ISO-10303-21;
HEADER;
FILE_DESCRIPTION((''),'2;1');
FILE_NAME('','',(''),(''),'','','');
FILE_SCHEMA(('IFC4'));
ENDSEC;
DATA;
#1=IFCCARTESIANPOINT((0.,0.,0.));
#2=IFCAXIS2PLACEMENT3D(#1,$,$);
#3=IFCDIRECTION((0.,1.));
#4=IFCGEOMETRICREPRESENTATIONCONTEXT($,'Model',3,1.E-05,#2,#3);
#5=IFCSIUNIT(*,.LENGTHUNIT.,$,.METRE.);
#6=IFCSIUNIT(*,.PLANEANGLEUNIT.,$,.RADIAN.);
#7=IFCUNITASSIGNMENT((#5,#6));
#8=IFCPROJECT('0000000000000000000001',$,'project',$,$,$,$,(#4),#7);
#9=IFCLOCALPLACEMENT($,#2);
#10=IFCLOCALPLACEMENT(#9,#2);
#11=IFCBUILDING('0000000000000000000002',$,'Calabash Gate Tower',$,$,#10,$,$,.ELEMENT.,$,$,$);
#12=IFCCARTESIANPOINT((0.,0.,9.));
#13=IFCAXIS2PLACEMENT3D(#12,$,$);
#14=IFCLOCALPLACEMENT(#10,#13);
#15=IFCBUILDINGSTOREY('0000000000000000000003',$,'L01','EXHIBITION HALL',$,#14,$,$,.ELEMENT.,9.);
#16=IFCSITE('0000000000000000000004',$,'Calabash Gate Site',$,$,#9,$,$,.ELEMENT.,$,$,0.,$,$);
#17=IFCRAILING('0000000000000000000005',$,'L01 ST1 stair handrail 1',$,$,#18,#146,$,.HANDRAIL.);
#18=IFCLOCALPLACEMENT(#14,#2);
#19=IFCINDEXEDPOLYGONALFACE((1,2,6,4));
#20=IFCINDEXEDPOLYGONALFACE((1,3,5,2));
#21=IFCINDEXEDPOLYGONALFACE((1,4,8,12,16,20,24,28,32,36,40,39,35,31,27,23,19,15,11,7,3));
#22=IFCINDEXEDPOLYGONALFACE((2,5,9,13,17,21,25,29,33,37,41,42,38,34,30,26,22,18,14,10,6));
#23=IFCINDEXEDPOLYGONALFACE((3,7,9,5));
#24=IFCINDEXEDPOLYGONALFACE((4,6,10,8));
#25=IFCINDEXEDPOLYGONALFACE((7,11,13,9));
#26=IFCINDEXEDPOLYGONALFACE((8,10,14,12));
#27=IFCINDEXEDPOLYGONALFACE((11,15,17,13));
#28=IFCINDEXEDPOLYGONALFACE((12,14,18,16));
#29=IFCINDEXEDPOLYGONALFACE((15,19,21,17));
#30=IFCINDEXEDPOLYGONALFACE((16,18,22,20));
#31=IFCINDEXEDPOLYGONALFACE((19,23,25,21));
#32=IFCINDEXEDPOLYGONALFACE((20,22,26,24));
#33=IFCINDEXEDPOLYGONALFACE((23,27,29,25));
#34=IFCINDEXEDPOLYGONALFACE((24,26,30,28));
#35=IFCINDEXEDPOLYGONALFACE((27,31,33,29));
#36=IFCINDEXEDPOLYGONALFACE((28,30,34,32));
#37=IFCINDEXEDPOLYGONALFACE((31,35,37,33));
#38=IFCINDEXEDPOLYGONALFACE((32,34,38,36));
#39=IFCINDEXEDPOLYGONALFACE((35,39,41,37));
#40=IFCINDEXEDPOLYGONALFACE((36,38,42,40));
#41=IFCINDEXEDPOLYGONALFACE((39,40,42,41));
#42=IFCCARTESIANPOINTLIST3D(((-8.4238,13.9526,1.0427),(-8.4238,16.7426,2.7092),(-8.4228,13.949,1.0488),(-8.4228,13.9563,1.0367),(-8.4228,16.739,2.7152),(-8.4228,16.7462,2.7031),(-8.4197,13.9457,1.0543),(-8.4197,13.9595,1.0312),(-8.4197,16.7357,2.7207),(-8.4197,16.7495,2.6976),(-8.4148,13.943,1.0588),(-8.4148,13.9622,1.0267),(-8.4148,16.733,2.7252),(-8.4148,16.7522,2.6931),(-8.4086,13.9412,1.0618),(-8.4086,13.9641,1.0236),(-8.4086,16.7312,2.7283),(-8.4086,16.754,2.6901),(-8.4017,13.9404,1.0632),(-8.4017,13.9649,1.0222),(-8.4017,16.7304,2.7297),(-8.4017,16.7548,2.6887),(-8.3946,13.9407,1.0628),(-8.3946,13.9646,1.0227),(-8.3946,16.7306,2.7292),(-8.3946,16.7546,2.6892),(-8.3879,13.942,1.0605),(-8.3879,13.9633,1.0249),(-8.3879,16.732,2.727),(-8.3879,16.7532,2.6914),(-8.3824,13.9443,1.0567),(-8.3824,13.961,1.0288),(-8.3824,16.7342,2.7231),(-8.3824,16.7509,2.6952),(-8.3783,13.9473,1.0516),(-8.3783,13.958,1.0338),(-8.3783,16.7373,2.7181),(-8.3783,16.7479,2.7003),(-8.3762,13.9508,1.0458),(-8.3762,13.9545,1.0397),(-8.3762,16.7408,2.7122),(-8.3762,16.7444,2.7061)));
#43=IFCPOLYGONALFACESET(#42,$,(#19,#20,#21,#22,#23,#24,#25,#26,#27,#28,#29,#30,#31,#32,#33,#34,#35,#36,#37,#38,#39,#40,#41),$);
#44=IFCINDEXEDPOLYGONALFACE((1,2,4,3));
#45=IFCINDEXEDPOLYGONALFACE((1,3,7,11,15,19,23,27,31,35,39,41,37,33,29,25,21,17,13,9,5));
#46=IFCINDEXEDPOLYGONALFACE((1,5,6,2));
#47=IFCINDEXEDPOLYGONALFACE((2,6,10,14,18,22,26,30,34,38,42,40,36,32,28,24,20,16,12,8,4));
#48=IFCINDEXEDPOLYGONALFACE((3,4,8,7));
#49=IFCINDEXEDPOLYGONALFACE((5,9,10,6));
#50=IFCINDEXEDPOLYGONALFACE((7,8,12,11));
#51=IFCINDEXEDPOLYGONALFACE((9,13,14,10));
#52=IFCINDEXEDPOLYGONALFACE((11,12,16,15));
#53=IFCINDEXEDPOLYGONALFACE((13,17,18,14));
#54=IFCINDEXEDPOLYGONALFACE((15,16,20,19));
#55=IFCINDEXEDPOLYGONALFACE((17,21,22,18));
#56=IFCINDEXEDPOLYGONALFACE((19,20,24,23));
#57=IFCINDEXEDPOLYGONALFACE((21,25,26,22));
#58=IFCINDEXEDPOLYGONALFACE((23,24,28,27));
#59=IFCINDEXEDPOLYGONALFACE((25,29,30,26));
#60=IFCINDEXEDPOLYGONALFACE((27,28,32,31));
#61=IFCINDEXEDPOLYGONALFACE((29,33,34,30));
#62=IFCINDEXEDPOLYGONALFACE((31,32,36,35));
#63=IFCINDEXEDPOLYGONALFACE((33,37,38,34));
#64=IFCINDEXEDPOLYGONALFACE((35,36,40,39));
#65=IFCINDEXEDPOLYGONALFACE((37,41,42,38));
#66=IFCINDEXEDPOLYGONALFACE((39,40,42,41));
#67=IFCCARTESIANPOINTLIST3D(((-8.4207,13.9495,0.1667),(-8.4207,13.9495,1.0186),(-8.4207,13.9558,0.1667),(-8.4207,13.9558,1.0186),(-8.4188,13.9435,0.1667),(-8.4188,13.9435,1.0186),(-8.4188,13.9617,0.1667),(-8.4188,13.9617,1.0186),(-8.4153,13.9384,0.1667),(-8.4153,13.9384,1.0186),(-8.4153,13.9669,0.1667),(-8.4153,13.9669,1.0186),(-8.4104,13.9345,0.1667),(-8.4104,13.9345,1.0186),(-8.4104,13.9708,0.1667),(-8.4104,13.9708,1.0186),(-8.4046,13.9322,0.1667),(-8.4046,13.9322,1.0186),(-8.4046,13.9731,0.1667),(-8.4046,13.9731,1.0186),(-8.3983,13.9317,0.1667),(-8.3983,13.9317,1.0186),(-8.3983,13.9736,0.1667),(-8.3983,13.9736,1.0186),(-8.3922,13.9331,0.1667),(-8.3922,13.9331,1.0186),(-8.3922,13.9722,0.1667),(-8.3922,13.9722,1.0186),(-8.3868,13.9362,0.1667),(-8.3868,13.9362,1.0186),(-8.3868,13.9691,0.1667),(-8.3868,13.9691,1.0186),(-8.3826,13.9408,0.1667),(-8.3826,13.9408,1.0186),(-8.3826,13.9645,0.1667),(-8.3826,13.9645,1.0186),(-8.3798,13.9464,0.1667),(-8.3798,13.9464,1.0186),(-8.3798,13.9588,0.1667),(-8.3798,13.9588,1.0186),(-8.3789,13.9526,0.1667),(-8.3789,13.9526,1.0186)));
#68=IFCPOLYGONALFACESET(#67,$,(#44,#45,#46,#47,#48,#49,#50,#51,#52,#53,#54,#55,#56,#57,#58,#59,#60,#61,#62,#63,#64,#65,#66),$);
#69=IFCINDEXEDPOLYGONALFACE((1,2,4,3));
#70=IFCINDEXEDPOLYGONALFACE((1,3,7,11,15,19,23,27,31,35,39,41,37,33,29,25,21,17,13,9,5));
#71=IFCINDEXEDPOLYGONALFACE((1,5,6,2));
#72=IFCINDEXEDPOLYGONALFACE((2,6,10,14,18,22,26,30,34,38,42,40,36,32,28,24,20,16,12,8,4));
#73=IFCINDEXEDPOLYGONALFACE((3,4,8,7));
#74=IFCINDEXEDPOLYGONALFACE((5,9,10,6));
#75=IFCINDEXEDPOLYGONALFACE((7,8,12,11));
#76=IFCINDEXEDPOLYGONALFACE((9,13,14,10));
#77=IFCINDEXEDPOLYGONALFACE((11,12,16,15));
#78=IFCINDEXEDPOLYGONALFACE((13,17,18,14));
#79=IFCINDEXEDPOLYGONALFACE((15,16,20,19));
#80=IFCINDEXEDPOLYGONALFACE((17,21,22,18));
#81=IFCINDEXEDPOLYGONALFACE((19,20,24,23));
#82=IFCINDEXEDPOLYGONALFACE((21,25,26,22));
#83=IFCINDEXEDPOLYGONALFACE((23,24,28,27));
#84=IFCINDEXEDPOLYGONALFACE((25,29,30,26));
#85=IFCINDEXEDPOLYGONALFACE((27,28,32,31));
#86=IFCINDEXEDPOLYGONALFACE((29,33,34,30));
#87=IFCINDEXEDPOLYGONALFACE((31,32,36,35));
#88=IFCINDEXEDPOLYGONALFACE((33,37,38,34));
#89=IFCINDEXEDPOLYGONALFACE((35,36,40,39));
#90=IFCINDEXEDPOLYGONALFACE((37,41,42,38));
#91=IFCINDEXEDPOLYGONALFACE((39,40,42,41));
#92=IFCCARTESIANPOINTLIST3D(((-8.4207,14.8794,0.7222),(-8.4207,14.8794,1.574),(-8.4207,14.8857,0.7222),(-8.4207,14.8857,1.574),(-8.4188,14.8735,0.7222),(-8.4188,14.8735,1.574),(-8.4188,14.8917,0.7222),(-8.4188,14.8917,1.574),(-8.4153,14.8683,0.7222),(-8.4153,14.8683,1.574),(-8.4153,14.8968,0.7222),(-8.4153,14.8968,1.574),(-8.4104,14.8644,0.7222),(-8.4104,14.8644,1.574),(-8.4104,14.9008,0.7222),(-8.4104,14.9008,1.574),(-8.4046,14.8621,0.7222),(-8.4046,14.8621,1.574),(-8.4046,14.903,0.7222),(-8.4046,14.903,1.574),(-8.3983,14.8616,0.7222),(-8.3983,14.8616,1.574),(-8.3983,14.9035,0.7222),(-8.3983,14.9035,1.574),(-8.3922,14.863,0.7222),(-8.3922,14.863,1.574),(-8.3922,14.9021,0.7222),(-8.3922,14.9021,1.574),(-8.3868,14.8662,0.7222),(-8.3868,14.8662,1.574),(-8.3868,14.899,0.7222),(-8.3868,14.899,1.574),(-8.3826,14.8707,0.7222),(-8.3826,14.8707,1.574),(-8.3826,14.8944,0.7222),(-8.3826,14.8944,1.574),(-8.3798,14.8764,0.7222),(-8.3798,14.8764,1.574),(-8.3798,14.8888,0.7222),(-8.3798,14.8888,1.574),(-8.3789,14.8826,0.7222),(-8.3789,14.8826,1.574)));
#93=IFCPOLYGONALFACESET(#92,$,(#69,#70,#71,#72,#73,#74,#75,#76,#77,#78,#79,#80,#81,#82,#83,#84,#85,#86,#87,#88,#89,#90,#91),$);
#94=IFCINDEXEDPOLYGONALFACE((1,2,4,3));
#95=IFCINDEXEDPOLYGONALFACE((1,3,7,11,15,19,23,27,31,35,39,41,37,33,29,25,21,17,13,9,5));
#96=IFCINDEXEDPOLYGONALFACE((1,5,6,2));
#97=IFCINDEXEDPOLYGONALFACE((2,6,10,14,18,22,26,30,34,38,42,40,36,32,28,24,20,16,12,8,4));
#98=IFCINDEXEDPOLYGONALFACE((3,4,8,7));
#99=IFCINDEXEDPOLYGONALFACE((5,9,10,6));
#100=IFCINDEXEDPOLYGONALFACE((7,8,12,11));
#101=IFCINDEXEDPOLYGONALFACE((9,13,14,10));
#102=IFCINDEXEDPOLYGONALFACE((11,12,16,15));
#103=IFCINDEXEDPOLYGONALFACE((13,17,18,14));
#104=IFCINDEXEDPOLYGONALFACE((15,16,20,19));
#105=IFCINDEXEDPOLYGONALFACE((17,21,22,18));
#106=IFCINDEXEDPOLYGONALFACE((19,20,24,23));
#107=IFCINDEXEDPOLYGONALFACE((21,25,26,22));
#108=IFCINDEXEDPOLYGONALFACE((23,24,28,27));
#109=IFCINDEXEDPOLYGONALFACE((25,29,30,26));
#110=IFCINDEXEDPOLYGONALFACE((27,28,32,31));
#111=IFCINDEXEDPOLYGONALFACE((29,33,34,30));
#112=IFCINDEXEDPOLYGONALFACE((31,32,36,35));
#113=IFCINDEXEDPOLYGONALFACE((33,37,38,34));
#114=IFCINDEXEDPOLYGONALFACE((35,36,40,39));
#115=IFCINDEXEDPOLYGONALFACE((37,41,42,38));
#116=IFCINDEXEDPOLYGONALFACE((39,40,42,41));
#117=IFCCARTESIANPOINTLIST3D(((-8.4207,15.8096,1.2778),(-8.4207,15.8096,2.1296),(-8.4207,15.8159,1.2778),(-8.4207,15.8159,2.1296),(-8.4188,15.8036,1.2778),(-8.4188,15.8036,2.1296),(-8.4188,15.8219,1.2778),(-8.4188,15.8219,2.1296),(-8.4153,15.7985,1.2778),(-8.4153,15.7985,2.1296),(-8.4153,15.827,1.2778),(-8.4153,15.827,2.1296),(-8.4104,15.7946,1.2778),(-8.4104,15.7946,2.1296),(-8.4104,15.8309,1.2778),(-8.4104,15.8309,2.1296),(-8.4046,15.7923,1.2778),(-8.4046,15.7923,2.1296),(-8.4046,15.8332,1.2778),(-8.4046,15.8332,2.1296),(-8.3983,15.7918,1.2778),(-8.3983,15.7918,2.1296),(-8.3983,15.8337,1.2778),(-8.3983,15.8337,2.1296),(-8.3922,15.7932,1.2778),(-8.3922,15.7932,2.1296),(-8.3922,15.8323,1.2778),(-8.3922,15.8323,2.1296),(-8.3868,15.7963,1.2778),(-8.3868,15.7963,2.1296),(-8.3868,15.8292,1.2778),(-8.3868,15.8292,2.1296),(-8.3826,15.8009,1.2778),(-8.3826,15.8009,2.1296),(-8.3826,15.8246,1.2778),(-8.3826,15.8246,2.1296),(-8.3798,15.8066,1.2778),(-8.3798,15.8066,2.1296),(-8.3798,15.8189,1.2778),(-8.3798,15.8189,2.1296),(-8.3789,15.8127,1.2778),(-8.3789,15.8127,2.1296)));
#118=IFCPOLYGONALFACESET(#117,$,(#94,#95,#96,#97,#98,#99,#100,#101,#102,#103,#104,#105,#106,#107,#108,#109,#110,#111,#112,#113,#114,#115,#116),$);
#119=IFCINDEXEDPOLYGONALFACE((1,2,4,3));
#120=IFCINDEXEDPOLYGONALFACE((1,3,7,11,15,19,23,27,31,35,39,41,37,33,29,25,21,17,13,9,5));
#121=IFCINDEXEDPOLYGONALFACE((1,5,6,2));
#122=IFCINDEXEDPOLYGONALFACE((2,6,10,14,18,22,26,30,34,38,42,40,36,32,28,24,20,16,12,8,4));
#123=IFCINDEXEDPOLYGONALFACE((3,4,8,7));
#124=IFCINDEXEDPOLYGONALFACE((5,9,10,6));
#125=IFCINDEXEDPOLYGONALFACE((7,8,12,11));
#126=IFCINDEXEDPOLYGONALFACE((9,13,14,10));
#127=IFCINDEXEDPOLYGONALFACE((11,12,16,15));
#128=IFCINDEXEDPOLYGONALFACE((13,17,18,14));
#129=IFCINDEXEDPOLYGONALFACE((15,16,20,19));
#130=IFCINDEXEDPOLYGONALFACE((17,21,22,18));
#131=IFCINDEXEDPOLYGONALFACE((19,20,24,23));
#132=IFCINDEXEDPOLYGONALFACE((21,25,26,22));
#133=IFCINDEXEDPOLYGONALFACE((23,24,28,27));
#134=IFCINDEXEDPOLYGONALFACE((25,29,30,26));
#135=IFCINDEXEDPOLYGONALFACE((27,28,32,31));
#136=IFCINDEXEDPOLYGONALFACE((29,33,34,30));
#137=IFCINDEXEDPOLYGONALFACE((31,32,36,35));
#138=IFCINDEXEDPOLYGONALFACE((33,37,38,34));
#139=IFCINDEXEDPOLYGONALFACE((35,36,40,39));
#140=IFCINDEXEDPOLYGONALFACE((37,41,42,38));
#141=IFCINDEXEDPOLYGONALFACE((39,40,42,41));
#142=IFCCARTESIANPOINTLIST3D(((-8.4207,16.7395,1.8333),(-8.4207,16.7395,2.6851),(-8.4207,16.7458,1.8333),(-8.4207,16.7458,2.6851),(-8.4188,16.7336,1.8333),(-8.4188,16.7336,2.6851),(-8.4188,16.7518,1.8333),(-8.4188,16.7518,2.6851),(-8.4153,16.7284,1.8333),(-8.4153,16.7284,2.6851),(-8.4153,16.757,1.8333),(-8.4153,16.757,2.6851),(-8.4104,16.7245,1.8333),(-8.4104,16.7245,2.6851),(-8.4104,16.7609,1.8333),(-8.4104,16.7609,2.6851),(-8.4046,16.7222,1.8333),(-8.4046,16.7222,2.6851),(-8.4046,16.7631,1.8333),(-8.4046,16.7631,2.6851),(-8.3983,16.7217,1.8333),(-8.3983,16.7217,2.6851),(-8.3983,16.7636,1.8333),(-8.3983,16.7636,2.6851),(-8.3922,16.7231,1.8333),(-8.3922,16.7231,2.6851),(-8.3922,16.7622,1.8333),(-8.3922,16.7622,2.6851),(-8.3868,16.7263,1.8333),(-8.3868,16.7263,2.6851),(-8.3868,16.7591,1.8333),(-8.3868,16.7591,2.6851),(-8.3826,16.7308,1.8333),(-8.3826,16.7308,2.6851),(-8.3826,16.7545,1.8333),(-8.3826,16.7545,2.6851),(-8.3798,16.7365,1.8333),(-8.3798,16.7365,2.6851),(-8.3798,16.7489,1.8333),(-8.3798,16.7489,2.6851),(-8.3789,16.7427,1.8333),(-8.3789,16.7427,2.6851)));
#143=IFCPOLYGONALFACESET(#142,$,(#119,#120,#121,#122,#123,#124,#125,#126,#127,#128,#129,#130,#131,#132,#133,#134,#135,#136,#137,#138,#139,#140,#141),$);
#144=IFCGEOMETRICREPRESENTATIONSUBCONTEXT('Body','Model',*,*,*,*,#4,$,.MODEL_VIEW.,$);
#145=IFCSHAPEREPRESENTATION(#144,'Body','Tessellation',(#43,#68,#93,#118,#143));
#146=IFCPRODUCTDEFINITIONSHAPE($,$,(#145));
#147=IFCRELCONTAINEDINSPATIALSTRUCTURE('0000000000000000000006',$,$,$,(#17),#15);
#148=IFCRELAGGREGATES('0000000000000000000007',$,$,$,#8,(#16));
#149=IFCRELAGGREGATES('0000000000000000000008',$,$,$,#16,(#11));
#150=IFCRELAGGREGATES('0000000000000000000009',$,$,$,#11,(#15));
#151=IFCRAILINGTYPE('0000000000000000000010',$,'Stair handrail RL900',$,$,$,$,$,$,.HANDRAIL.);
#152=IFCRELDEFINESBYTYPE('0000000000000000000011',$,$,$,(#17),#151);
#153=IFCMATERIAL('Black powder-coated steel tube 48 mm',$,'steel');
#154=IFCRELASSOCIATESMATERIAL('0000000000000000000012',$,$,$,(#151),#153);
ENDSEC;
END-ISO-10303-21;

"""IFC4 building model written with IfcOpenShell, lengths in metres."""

from ifc_helpers import new_model, si_unit, direction, frame, origin, origin_2d, place, context, subcontext, project, spatial, circle, extrude, material, type_object, element, save


model = new_model("IFC4")

# Units and contexts
model_context = context("Model", 3, precision=1e-05, world=origin(), true_north=direction((0.0, 1.0)))
body_context = subcontext(model_context, "Body", "Model", "MODEL_VIEW")
ifc_project = project(units=[si_unit("LENGTHUNIT", "METRE"), si_unit("PLANEANGLEUNIT", "RADIAN")], contexts=[model_context])

# Site, building, storey
site_placement = place(None, origin())
site = spatial("IfcSite", under=ifc_project, at=site_placement, Name="Calabash Gate Site", CompositionType="ELEMENT", RefElevation=0.0)
building_placement = place(site_placement, origin())
building = spatial("IfcBuilding", under=site, at=building_placement, Name="Calabash Gate Tower", CompositionType="ELEMENT")
storey_placement = place(building_placement, frame((0.0, 0.0, 9.0)))
storey = spatial("IfcBuildingStorey", under=building, at=storey_placement, Name="L01", Description="EXHIBITION HALL", CompositionType="ELEMENT", Elevation=9.0)

# Railing
ifc_material_1 = material(Name="Black powder-coated steel tube 48 mm", Category="steel")
railing_type_1 = type_object("IfcRailingType", Name="Stair handrail RL900", PredefinedType="HANDRAIL", material=ifc_material_1)
railing_1_placement = place(storey_placement, frame((-8.3999, 13.9526, 0.1667)))
element("IfcRailing", 1, at=railing_1_placement, inside=storey, type_object=railing_type_1, Name="L01 ST1 stair handrail 1", PredefinedType="HANDRAIL", context=body_context, shape_type="SweptSolid", body=[
    extrude(circle(Radius=0.0239, at=origin_2d()), frame((0.0, 0.0, 0.876), z_axis=(0.0, 0.858512, 0.512793), x_axis=(-1.0, 0.0, 0.0)), (0.0, 0.0, 1.0), 3.2498),
    extrude(circle(Radius=0.021, at=origin_2d()), origin(), (0.0, 0.0, 1.0), 0.8518),
    extrude(circle(Radius=0.021, at=origin_2d()), frame((0.0, 0.9299, 0.5554)), (0.0, 0.0, 1.0), 0.8518),
    extrude(circle(Radius=0.021, at=origin_2d()), frame((0.0, 1.8601, 1.1111)), (0.0, 0.0, 1.0), 0.8518),
    extrude(circle(Radius=0.021, at=origin_2d()), frame((0.0, 2.79, 1.6665)), (0.0, 0.0, 1.0), 0.8518),
])

save(model, "model.ifc")
